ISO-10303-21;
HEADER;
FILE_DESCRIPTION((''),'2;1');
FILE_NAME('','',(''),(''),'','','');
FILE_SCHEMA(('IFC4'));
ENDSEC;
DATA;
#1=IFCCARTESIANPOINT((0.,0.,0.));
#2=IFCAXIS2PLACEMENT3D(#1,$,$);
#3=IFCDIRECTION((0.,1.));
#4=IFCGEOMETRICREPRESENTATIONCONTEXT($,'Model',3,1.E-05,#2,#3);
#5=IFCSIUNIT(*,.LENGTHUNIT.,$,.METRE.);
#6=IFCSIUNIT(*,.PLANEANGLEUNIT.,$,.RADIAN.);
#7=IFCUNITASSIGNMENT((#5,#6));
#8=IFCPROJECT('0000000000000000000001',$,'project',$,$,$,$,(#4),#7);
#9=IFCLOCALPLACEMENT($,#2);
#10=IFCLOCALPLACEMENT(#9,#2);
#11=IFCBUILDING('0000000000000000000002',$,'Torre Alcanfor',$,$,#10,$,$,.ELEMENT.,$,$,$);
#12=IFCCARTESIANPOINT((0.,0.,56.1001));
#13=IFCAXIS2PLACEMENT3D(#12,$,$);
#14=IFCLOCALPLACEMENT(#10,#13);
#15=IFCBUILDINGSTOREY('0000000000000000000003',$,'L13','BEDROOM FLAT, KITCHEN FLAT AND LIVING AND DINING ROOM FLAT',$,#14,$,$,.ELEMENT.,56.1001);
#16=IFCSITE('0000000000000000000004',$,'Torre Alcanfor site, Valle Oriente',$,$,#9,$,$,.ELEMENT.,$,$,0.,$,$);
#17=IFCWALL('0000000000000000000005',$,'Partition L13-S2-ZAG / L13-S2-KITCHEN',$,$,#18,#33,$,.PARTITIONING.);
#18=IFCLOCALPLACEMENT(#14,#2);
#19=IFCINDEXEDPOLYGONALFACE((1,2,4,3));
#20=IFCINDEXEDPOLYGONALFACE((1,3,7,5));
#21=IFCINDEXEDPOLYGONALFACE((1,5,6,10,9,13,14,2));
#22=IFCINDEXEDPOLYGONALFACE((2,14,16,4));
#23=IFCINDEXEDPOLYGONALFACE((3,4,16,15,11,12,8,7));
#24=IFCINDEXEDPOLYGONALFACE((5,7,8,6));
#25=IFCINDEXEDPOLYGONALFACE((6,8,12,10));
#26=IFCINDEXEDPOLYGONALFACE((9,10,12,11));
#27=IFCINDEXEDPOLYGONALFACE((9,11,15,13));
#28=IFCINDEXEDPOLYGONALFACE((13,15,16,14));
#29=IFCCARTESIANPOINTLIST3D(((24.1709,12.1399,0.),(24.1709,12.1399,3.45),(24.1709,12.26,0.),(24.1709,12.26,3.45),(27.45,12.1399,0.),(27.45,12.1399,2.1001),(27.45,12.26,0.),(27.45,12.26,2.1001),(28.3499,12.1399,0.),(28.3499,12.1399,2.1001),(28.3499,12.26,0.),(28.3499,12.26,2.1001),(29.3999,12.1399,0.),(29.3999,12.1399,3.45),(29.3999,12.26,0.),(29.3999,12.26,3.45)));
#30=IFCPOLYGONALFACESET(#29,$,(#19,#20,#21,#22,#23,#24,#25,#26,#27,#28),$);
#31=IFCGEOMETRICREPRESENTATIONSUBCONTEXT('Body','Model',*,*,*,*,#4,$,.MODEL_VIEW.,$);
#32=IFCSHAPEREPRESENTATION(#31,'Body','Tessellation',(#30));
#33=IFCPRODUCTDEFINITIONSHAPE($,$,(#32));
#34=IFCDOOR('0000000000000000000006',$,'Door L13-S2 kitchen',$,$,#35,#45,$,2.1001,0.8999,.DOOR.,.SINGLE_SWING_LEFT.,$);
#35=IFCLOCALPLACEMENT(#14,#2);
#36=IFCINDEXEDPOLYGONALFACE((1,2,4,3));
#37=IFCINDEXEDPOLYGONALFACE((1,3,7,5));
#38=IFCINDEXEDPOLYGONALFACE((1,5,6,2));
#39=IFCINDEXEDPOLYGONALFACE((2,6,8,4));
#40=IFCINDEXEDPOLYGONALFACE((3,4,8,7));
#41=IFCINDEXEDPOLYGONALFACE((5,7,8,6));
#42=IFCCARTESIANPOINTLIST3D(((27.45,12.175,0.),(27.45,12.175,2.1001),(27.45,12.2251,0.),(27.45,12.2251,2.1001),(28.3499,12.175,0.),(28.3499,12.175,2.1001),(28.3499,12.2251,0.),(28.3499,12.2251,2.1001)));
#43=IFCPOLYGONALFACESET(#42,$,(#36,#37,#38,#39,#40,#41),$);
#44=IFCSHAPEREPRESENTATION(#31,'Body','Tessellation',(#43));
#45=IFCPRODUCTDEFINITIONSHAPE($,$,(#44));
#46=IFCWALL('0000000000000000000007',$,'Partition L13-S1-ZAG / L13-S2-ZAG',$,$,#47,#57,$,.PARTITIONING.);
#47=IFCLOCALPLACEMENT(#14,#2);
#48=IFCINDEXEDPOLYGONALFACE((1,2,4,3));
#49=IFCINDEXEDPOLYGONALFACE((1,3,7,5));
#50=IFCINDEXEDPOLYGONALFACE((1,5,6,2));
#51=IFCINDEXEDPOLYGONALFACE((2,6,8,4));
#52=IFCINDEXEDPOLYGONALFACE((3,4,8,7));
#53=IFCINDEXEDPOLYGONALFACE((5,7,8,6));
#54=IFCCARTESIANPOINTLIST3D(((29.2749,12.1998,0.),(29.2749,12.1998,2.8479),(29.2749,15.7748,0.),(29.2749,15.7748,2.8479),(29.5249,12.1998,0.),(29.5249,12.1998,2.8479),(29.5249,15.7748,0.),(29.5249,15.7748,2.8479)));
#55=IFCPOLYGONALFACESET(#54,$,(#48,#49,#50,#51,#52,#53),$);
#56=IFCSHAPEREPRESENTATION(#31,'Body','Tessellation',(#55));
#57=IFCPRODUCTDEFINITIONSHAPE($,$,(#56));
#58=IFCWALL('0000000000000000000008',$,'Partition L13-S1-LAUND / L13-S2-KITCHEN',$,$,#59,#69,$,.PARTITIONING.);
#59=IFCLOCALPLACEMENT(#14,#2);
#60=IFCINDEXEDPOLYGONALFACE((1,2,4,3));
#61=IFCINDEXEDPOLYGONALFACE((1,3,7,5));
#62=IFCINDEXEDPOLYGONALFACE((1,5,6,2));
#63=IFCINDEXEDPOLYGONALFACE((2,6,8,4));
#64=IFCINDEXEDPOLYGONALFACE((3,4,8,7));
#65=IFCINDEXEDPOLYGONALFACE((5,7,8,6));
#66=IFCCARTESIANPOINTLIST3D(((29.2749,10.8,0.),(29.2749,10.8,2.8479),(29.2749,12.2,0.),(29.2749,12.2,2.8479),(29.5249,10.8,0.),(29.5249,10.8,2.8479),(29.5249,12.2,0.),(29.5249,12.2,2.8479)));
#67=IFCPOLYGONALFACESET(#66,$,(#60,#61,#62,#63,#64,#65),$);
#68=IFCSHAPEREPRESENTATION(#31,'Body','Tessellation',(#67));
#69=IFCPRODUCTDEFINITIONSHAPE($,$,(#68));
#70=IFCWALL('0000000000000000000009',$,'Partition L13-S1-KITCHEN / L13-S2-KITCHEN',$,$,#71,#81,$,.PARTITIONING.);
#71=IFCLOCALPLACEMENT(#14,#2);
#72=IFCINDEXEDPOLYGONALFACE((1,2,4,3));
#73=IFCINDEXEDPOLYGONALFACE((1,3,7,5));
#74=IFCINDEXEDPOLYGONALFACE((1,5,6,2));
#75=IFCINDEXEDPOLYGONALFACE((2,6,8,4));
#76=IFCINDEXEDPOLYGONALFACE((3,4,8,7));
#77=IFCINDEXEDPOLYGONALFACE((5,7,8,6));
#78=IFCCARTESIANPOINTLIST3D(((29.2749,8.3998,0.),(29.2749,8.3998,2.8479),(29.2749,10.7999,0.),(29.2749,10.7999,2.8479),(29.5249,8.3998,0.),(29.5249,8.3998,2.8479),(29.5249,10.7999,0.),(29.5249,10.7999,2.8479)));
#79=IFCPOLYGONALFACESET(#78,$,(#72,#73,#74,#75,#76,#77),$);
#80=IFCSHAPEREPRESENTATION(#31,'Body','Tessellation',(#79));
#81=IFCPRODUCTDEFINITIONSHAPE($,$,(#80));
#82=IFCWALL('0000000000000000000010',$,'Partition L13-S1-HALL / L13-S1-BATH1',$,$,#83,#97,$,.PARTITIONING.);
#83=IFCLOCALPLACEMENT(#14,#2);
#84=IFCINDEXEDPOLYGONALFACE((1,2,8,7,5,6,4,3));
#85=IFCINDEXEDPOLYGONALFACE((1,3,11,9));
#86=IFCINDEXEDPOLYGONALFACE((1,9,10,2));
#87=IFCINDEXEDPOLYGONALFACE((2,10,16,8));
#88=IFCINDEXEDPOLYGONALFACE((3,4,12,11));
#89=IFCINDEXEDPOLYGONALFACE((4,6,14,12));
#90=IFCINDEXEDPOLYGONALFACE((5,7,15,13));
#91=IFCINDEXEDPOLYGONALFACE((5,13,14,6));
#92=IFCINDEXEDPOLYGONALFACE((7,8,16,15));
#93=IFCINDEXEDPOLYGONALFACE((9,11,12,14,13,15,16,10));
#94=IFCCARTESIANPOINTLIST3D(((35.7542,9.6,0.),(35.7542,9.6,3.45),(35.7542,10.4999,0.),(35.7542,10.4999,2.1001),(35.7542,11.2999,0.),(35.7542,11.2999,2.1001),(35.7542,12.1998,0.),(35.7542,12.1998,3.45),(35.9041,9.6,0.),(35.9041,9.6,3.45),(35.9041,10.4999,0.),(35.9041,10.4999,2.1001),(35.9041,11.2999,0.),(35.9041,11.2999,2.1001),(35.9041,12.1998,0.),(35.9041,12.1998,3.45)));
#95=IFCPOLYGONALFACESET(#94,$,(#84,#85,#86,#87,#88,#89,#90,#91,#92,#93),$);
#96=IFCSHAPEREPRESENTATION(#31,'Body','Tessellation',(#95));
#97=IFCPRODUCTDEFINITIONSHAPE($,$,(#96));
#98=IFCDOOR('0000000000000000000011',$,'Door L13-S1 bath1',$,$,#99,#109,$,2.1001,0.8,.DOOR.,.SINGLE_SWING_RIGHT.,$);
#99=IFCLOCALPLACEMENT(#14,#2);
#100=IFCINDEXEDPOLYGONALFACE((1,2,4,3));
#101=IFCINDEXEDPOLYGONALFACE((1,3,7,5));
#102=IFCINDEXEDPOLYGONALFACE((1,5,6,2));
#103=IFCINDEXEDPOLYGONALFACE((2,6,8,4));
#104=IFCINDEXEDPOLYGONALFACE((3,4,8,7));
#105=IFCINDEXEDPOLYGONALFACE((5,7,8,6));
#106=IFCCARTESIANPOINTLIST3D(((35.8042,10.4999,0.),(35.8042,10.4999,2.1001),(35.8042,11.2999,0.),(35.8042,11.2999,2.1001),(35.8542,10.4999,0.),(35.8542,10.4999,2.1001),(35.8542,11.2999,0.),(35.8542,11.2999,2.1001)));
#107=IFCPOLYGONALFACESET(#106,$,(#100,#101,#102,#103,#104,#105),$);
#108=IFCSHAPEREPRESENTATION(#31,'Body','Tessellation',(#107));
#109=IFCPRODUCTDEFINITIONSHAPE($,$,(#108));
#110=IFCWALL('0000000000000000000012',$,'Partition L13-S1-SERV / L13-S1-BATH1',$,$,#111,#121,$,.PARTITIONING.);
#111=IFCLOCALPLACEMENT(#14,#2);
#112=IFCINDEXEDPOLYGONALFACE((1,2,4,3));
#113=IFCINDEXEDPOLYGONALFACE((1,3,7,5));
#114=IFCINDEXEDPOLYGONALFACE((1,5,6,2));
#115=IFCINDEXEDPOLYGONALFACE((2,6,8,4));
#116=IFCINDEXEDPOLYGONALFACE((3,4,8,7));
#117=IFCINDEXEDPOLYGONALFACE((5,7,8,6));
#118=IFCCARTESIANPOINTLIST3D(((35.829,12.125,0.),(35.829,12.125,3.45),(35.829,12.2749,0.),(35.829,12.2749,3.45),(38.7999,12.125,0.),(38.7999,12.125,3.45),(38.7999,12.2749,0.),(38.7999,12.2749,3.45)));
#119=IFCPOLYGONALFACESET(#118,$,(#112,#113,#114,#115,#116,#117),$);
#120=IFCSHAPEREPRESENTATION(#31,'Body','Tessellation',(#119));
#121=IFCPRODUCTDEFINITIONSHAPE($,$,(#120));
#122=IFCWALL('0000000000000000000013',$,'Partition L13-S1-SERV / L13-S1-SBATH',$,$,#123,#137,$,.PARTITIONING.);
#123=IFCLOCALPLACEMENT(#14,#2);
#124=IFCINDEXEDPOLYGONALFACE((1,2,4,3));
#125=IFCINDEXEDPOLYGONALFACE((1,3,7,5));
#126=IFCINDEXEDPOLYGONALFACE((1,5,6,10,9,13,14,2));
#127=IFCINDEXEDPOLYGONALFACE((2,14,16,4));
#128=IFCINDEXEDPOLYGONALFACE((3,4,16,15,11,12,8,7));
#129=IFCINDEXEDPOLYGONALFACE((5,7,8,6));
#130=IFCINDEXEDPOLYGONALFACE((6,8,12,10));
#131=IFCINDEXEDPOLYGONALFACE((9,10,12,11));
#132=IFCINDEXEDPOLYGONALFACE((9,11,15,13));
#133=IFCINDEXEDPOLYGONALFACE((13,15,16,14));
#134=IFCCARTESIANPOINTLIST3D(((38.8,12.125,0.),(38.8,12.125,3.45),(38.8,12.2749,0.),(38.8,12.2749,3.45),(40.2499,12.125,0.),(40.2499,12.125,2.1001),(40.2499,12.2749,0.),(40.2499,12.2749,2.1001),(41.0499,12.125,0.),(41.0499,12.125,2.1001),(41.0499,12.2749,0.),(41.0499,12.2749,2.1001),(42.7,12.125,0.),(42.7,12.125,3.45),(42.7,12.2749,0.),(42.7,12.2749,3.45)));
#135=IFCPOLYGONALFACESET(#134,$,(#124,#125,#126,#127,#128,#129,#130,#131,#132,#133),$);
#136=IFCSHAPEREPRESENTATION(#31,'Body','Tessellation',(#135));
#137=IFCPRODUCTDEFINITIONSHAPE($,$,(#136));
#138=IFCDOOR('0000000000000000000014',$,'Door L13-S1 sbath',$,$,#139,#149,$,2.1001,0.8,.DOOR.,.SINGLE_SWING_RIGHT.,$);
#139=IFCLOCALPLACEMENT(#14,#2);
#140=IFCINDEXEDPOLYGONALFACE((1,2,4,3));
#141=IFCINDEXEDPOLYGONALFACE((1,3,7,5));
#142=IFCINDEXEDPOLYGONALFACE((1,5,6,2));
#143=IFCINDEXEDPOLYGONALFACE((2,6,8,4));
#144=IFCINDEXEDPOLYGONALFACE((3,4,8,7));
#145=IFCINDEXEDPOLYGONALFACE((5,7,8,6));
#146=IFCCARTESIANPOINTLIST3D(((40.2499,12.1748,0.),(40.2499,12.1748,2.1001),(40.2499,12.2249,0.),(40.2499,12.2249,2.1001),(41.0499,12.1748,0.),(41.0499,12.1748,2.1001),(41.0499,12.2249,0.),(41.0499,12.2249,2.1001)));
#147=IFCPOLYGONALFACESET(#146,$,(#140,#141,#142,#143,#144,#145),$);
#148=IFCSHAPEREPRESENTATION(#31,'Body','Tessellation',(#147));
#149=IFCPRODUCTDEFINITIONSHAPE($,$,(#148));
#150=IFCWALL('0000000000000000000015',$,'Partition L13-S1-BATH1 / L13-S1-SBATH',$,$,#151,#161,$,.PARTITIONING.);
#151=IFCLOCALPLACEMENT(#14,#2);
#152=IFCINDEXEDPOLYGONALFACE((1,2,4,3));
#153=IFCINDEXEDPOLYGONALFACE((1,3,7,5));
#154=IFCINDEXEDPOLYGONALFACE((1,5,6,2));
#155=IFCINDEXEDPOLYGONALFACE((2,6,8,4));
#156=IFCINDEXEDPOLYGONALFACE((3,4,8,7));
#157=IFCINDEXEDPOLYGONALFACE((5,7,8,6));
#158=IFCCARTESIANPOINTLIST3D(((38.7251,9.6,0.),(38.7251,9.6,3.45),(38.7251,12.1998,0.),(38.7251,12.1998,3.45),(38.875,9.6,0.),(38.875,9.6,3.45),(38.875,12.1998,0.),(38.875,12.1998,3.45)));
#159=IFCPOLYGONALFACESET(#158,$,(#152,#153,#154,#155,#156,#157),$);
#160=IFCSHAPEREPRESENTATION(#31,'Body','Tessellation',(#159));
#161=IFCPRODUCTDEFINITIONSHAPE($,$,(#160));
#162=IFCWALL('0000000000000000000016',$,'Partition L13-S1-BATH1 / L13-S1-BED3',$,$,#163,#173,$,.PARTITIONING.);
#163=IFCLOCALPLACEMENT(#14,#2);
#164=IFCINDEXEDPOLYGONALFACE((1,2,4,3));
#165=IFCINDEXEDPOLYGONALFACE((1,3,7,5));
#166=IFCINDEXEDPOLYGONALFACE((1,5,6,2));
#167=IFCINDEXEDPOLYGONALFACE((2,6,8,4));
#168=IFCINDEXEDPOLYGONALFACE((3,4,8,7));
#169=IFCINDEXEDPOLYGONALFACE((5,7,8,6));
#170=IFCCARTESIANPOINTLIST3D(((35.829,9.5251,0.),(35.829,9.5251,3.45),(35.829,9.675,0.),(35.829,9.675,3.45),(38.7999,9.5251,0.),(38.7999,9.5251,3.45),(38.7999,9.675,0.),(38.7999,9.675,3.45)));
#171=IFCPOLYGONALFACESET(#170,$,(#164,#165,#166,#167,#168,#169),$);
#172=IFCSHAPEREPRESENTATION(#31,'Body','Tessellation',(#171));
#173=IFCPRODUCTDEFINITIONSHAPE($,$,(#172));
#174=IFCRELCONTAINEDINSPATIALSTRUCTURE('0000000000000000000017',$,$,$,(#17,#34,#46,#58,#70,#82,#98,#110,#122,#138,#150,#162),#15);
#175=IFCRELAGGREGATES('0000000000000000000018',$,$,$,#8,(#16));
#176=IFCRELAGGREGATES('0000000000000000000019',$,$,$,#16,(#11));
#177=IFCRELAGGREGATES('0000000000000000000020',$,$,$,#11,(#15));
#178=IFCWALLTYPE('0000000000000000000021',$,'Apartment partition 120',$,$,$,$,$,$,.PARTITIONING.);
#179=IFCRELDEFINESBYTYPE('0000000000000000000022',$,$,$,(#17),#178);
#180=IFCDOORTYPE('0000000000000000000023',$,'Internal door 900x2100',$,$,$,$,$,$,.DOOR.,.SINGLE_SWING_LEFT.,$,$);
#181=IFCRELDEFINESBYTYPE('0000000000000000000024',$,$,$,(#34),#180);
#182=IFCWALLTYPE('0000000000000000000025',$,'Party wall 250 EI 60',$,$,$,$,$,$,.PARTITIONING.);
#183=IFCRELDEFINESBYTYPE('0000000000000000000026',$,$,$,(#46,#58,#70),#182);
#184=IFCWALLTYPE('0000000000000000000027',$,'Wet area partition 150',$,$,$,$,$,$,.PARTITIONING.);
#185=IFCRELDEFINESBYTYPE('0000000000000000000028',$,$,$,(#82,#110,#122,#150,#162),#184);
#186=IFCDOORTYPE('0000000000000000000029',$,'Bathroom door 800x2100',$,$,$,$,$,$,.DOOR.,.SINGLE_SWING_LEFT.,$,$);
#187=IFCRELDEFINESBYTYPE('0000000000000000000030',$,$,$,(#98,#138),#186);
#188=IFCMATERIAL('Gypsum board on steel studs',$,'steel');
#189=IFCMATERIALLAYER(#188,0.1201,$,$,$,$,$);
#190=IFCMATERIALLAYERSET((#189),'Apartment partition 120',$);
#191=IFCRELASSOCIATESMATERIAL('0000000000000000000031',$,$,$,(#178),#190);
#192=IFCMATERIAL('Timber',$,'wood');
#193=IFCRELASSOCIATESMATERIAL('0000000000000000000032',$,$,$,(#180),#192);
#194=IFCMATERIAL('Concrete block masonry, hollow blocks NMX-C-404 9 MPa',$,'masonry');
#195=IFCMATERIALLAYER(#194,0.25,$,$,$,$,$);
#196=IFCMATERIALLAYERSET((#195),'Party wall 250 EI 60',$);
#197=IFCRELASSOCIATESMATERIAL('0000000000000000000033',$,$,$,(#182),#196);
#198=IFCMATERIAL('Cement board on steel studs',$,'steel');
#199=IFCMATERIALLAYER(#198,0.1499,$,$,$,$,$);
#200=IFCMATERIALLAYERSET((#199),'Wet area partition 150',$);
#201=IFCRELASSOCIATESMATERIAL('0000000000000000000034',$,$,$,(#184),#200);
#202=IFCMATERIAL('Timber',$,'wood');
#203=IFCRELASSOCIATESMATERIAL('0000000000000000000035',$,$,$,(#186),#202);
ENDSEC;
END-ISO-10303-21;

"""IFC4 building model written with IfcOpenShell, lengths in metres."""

from ifc_helpers import new_model, si_unit, direction, frame, frame_2d, origin, place, context, subcontext, project, spatial, rectangle, extrude, material, layer, layer_set, type_object, element, fill, save


model = new_model("IFC4")

# Units and contexts
model_context = context("Model", 3, precision=1e-05, world=origin(), true_north=direction((0.0, 1.0)))
body_context = subcontext(model_context, "Body", "Model", "MODEL_VIEW")
ifc_project = project(units=[si_unit("LENGTHUNIT", "METRE"), si_unit("PLANEANGLEUNIT", "RADIAN")], contexts=[model_context])

# Site, building, storey
site_placement = place(None, origin())
site = spatial("IfcSite", under=ifc_project, at=site_placement, Name="Torre Alcanfor site, Valle Oriente", CompositionType="ELEMENT", RefElevation=0.0)
building_placement = place(site_placement, origin())
building = spatial("IfcBuilding", under=site, at=building_placement, Name="Torre Alcanfor", CompositionType="ELEMENT")
storey_placement = place(building_placement, frame((0.0, 0.0, 56.1001)))
storey = spatial("IfcBuildingStorey", under=building, at=storey_placement, Name="L13", Description="BEDROOM FLAT, KITCHEN FLAT AND LIVING AND DINING ROOM FLAT", CompositionType="ELEMENT", Elevation=56.1001)

# Shared definitions
ifc_material_1 = material(Name="Gypsum board on steel studs", Category="steel")
ifc_layer_1 = layer(ifc_material_1, 0.1201)
ifc_layer_set_1 = layer_set([ifc_layer_1], Name="Apartment partition 120")
wall_type_1 = type_object("IfcWallType", Name="Apartment partition 120", PredefinedType="PARTITIONING", material=ifc_layer_set_1)

# Wall, opening, door
ifc_material_2 = material(Name="Timber", Category="wood")
door_type_1 = type_object("IfcDoorType", Name="Internal door 900x2100", OperationType="SINGLE_SWING_LEFT", PredefinedType="DOOR", material=ifc_material_2)
wall_1_placement = place(storey_placement, frame((29.3999, 12.2, 0.0), z_axis=(0.0, 0.0, 1.0), x_axis=(-1.0, 0.0, 0.0)))
wall_1 = element("IfcWall", 1, at=wall_1_placement, inside=storey, type_object=wall_type_1, Name="Partition L13-S2-ZAG / L13-S2-KITCHEN", PredefinedType="PARTITIONING", context=body_context, shape_type="SweptSolid", body=[
    extrude(rectangle(XDim=5.229, YDim=0.1201, at=frame_2d((2.6145, 0.0))), origin(), (0.0, 0.0, 1.0), 3.45),
])
opening_1_placement = place(wall_1_placement, frame((1.05, 0.0, 0.0)))
opening_1 = element("IfcOpeningElement", 2, at=opening_1_placement, cuts=wall_1, PredefinedType="OPENING", context=body_context, shape_type="SweptSolid", body=[
    extrude(rectangle(XDim=0.8999, YDim=2.1001, at=frame_2d((0.45, 1.05))), frame((0.0, 0.0701, 0.0), z_axis=(0.0, -1.0, 0.0), x_axis=(1.0, 0.0, 0.0)), (0.0, 0.0, 1.0), 0.1401),
])
door_1_placement = place(opening_1_placement, origin())
door_1 = element("IfcDoor", 3, at=door_1_placement, inside=storey, type_object=door_type_1, Name="Door L13-S2 kitchen", OperationType="SINGLE_SWING_LEFT", OverallHeight=2.1001, OverallWidth=0.8999, PredefinedType="DOOR", context=body_context, shape_type="SweptSolid", body=[
    extrude(rectangle(XDim=0.8999, YDim=2.1001, at=frame_2d((0.45, 1.05))), frame((0.0, 0.0249, 0.0), z_axis=(0.0, -1.0, 0.0), x_axis=(1.0, 0.0, 0.0)), (0.0, 0.0, 1.0), 0.05),
])
fill(opening_1, door_1)

# Walls
ifc_material_3 = material(Name="Concrete block masonry, hollow blocks NMX-C-404 9 MPa", Category="masonry")
ifc_layer_2 = layer(ifc_material_3, 0.25)
ifc_layer_set_2 = layer_set([ifc_layer_2], Name="Party wall 250 EI 60")
wall_type_2 = type_object("IfcWallType", Name="Party wall 250 EI 60", PredefinedType="PARTITIONING", material=ifc_layer_set_2)
wall_2_placement = place(storey_placement, frame((29.3999, 15.7749, 0.0), z_axis=(0.0, 0.0, 1.0), x_axis=(0.0, -1.0, 0.0)))
element("IfcWall", 4, at=wall_2_placement, inside=storey, type_object=wall_type_2, Name="Partition L13-S1-ZAG / L13-S2-ZAG", PredefinedType="PARTITIONING", context=body_context, shape_type="SweptSolid", body=[
    extrude(rectangle(XDim=3.575, YDim=0.25, at=frame_2d((1.7876, 0.0))), origin(), (0.0, 0.0, 1.0), 2.8479),
])
wall_3_placement = place(storey_placement, frame((29.3999, 12.2, 0.0), z_axis=(0.0, 0.0, 1.0), x_axis=(0.0, -1.0, 0.0)))
element("IfcWall", 5, at=wall_3_placement, inside=storey, type_object=wall_type_2, Name="Partition L13-S1-LAUND / L13-S2-KITCHEN", PredefinedType="PARTITIONING", context=body_context, shape_type="SweptSolid", body=[
    extrude(rectangle(XDim=1.3999, YDim=0.25, at=frame_2d((0.7, 0.0))), origin(), (0.0, 0.0, 1.0), 2.8479),
])
wall_4_placement = place(storey_placement, frame((29.3999, 10.8, 0.0), z_axis=(0.0, 0.0, 1.0), x_axis=(0.0, -1.0, 0.0)))
element("IfcWall", 6, at=wall_4_placement, inside=storey, type_object=wall_type_2, Name="Partition L13-S1-KITCHEN / L13-S2-KITCHEN", PredefinedType="PARTITIONING", context=body_context, shape_type="SweptSolid", body=[
    extrude(rectangle(XDim=2.4001, YDim=0.25, at=frame_2d((1.2002, 0.0))), origin(), (0.0, 0.0, 1.0), 2.8479),
])

# Wall, opening, door
ifc_material_4 = material(Name="Cement board on steel studs", Category="steel")
ifc_layer_3 = layer(ifc_material_4, 0.1499)
ifc_layer_set_3 = layer_set([ifc_layer_3], Name="Wet area partition 150")
wall_type_3 = type_object("IfcWallType", Name="Wet area partition 150", PredefinedType="PARTITIONING", material=ifc_layer_set_3)
wall_5_placement = place(storey_placement, frame((35.8291, 9.6001, 0.0), z_axis=(0.0, 0.0, 1.0), x_axis=(0.0, 1.0, 0.0)))
wall_5 = element("IfcWall", 7, at=wall_5_placement, inside=storey, type_object=wall_type_3, Name="Partition L13-S1-HALL / L13-S1-BATH1", PredefinedType="PARTITIONING", context=body_context, shape_type="SweptSolid", body=[
    extrude(rectangle(XDim=2.5999, YDim=0.1499, at=frame_2d((1.2998, 0.0))), origin(), (0.0, 0.0, 1.0), 3.45),
])
opening_2_placement = place(wall_5_placement, frame((0.8999, 0.0, 0.0)))
opening_2 = element("IfcOpeningElement", 8, at=opening_2_placement, cuts=wall_5, PredefinedType="OPENING", context=body_context, shape_type="SweptSolid", body=[
    extrude(rectangle(XDim=0.8, YDim=2.1001, at=frame_2d((0.3999, 1.05))), frame((0.0, 0.085, 0.0), z_axis=(0.0, -1.0, 0.0), x_axis=(1.0, 0.0, 0.0)), (0.0, 0.0, 1.0), 0.1699),
])
ifc_material_5 = material(Name="Timber", Category="wood")
door_type_2 = type_object("IfcDoorType", Name="Bathroom door 800x2100", OperationType="SINGLE_SWING_LEFT", PredefinedType="DOOR", material=ifc_material_5)
door_2_placement = place(opening_2_placement, frame((0.8, 0.0, 0.0), z_axis=(0.0, 0.0, 1.0), x_axis=(-1.0, 0.0, 0.0)))
door_2 = element("IfcDoor", 9, at=door_2_placement, inside=storey, type_object=door_type_2, Name="Door L13-S1 bath1", OperationType="SINGLE_SWING_RIGHT", OverallHeight=2.1001, OverallWidth=0.8, PredefinedType="DOOR", context=body_context, shape_type="SweptSolid", body=[
    extrude(rectangle(XDim=0.8, YDim=2.1001, at=frame_2d((0.4001, 1.05))), frame((0.0, 0.0251, 0.0), z_axis=(0.0, -1.0, 0.0), x_axis=(1.0, 0.0, 0.0)), (0.0, 0.0, 1.0), 0.05),
])
fill(opening_2, door_2)

# Wall
wall_6_placement = place(storey_placement, frame((35.8291, 12.2, 0.0), z_axis=(0.0, 0.0, 1.0), x_axis=(1.0, 0.0, 0.0)))
element("IfcWall", 10, at=wall_6_placement, inside=storey, type_object=wall_type_3, Name="Partition L13-S1-SERV / L13-S1-BATH1", PredefinedType="PARTITIONING", context=body_context, shape_type="SweptSolid", body=[
    extrude(rectangle(XDim=2.9709, YDim=0.1499, at=frame_2d((1.4854, 0.0))), origin(), (0.0, 0.0, 1.0), 3.45),
])

# Wall, opening, door
wall_7_placement = place(storey_placement, frame((38.8, 12.2, 0.0), z_axis=(0.0, 0.0, 1.0), x_axis=(1.0, 0.0, 0.0)))
wall_7 = element("IfcWall", 11, at=wall_7_placement, inside=storey, type_object=wall_type_3, Name="Partition L13-S1-SERV / L13-S1-SBATH", PredefinedType="PARTITIONING", context=body_context, shape_type="SweptSolid", body=[
    extrude(rectangle(XDim=3.8999, YDim=0.1499, at=frame_2d((1.95, 0.0))), origin(), (0.0, 0.0, 1.0), 3.45),
])
opening_3_placement = place(wall_7_placement, frame((1.45, 0.0, 0.0)))
opening_3 = element("IfcOpeningElement", 12, at=opening_3_placement, cuts=wall_7, PredefinedType="OPENING", context=body_context, shape_type="SweptSolid", body=[
    extrude(rectangle(XDim=0.8, YDim=2.1001, at=frame_2d((0.3999, 1.05))), frame((0.0, 0.085, 0.0), z_axis=(0.0, -1.0, 0.0), x_axis=(1.0, 0.0, 0.0)), (0.0, 0.0, 1.0), 0.1699),
])
door_3_placement = place(opening_3_placement, frame((0.8, 0.0, 0.0), z_axis=(0.0, 0.0, 1.0), x_axis=(-1.0, 0.0, 0.0)))
door_3 = element("IfcDoor", 13, at=door_3_placement, inside=storey, type_object=door_type_2, Name="Door L13-S1 sbath", OperationType="SINGLE_SWING_RIGHT", OverallHeight=2.1001, OverallWidth=0.8, PredefinedType="DOOR", context=body_context, shape_type="SweptSolid", body=[
    extrude(rectangle(XDim=0.8, YDim=2.1001, at=frame_2d((0.4001, 1.05))), frame((0.0, 0.0251, 0.0), z_axis=(0.0, -1.0, 0.0), x_axis=(1.0, 0.0, 0.0)), (0.0, 0.0, 1.0), 0.05),
])
fill(opening_3, door_3)

# Walls
wall_8_placement = place(storey_placement, frame((38.8, 9.6001, 0.0), z_axis=(0.0, 0.0, 1.0), x_axis=(0.0, 1.0, 0.0)))
element("IfcWall", 14, at=wall_8_placement, inside=storey, type_object=wall_type_3, Name="Partition L13-S1-BATH1 / L13-S1-SBATH", PredefinedType="PARTITIONING", context=body_context, shape_type="SweptSolid", body=[
    extrude(rectangle(XDim=2.5999, YDim=0.1499, at=frame_2d((1.2998, 0.0))), origin(), (0.0, 0.0, 1.0), 3.45),
])
wall_9_placement = place(storey_placement, frame((35.8291, 9.6001, 0.0), z_axis=(0.0, 0.0, 1.0), x_axis=(1.0, 0.0, 0.0)))
element("IfcWall", 15, at=wall_9_placement, inside=storey, type_object=wall_type_3, Name="Partition L13-S1-BATH1 / L13-S1-BED3", PredefinedType="PARTITIONING", context=body_context, shape_type="SweptSolid", body=[
    extrude(rectangle(XDim=2.9709, YDim=0.1499, at=frame_2d((1.4854, 0.0))), origin(), (0.0, 0.0, 1.0), 3.45),
])

save(model, "model.ifc")
